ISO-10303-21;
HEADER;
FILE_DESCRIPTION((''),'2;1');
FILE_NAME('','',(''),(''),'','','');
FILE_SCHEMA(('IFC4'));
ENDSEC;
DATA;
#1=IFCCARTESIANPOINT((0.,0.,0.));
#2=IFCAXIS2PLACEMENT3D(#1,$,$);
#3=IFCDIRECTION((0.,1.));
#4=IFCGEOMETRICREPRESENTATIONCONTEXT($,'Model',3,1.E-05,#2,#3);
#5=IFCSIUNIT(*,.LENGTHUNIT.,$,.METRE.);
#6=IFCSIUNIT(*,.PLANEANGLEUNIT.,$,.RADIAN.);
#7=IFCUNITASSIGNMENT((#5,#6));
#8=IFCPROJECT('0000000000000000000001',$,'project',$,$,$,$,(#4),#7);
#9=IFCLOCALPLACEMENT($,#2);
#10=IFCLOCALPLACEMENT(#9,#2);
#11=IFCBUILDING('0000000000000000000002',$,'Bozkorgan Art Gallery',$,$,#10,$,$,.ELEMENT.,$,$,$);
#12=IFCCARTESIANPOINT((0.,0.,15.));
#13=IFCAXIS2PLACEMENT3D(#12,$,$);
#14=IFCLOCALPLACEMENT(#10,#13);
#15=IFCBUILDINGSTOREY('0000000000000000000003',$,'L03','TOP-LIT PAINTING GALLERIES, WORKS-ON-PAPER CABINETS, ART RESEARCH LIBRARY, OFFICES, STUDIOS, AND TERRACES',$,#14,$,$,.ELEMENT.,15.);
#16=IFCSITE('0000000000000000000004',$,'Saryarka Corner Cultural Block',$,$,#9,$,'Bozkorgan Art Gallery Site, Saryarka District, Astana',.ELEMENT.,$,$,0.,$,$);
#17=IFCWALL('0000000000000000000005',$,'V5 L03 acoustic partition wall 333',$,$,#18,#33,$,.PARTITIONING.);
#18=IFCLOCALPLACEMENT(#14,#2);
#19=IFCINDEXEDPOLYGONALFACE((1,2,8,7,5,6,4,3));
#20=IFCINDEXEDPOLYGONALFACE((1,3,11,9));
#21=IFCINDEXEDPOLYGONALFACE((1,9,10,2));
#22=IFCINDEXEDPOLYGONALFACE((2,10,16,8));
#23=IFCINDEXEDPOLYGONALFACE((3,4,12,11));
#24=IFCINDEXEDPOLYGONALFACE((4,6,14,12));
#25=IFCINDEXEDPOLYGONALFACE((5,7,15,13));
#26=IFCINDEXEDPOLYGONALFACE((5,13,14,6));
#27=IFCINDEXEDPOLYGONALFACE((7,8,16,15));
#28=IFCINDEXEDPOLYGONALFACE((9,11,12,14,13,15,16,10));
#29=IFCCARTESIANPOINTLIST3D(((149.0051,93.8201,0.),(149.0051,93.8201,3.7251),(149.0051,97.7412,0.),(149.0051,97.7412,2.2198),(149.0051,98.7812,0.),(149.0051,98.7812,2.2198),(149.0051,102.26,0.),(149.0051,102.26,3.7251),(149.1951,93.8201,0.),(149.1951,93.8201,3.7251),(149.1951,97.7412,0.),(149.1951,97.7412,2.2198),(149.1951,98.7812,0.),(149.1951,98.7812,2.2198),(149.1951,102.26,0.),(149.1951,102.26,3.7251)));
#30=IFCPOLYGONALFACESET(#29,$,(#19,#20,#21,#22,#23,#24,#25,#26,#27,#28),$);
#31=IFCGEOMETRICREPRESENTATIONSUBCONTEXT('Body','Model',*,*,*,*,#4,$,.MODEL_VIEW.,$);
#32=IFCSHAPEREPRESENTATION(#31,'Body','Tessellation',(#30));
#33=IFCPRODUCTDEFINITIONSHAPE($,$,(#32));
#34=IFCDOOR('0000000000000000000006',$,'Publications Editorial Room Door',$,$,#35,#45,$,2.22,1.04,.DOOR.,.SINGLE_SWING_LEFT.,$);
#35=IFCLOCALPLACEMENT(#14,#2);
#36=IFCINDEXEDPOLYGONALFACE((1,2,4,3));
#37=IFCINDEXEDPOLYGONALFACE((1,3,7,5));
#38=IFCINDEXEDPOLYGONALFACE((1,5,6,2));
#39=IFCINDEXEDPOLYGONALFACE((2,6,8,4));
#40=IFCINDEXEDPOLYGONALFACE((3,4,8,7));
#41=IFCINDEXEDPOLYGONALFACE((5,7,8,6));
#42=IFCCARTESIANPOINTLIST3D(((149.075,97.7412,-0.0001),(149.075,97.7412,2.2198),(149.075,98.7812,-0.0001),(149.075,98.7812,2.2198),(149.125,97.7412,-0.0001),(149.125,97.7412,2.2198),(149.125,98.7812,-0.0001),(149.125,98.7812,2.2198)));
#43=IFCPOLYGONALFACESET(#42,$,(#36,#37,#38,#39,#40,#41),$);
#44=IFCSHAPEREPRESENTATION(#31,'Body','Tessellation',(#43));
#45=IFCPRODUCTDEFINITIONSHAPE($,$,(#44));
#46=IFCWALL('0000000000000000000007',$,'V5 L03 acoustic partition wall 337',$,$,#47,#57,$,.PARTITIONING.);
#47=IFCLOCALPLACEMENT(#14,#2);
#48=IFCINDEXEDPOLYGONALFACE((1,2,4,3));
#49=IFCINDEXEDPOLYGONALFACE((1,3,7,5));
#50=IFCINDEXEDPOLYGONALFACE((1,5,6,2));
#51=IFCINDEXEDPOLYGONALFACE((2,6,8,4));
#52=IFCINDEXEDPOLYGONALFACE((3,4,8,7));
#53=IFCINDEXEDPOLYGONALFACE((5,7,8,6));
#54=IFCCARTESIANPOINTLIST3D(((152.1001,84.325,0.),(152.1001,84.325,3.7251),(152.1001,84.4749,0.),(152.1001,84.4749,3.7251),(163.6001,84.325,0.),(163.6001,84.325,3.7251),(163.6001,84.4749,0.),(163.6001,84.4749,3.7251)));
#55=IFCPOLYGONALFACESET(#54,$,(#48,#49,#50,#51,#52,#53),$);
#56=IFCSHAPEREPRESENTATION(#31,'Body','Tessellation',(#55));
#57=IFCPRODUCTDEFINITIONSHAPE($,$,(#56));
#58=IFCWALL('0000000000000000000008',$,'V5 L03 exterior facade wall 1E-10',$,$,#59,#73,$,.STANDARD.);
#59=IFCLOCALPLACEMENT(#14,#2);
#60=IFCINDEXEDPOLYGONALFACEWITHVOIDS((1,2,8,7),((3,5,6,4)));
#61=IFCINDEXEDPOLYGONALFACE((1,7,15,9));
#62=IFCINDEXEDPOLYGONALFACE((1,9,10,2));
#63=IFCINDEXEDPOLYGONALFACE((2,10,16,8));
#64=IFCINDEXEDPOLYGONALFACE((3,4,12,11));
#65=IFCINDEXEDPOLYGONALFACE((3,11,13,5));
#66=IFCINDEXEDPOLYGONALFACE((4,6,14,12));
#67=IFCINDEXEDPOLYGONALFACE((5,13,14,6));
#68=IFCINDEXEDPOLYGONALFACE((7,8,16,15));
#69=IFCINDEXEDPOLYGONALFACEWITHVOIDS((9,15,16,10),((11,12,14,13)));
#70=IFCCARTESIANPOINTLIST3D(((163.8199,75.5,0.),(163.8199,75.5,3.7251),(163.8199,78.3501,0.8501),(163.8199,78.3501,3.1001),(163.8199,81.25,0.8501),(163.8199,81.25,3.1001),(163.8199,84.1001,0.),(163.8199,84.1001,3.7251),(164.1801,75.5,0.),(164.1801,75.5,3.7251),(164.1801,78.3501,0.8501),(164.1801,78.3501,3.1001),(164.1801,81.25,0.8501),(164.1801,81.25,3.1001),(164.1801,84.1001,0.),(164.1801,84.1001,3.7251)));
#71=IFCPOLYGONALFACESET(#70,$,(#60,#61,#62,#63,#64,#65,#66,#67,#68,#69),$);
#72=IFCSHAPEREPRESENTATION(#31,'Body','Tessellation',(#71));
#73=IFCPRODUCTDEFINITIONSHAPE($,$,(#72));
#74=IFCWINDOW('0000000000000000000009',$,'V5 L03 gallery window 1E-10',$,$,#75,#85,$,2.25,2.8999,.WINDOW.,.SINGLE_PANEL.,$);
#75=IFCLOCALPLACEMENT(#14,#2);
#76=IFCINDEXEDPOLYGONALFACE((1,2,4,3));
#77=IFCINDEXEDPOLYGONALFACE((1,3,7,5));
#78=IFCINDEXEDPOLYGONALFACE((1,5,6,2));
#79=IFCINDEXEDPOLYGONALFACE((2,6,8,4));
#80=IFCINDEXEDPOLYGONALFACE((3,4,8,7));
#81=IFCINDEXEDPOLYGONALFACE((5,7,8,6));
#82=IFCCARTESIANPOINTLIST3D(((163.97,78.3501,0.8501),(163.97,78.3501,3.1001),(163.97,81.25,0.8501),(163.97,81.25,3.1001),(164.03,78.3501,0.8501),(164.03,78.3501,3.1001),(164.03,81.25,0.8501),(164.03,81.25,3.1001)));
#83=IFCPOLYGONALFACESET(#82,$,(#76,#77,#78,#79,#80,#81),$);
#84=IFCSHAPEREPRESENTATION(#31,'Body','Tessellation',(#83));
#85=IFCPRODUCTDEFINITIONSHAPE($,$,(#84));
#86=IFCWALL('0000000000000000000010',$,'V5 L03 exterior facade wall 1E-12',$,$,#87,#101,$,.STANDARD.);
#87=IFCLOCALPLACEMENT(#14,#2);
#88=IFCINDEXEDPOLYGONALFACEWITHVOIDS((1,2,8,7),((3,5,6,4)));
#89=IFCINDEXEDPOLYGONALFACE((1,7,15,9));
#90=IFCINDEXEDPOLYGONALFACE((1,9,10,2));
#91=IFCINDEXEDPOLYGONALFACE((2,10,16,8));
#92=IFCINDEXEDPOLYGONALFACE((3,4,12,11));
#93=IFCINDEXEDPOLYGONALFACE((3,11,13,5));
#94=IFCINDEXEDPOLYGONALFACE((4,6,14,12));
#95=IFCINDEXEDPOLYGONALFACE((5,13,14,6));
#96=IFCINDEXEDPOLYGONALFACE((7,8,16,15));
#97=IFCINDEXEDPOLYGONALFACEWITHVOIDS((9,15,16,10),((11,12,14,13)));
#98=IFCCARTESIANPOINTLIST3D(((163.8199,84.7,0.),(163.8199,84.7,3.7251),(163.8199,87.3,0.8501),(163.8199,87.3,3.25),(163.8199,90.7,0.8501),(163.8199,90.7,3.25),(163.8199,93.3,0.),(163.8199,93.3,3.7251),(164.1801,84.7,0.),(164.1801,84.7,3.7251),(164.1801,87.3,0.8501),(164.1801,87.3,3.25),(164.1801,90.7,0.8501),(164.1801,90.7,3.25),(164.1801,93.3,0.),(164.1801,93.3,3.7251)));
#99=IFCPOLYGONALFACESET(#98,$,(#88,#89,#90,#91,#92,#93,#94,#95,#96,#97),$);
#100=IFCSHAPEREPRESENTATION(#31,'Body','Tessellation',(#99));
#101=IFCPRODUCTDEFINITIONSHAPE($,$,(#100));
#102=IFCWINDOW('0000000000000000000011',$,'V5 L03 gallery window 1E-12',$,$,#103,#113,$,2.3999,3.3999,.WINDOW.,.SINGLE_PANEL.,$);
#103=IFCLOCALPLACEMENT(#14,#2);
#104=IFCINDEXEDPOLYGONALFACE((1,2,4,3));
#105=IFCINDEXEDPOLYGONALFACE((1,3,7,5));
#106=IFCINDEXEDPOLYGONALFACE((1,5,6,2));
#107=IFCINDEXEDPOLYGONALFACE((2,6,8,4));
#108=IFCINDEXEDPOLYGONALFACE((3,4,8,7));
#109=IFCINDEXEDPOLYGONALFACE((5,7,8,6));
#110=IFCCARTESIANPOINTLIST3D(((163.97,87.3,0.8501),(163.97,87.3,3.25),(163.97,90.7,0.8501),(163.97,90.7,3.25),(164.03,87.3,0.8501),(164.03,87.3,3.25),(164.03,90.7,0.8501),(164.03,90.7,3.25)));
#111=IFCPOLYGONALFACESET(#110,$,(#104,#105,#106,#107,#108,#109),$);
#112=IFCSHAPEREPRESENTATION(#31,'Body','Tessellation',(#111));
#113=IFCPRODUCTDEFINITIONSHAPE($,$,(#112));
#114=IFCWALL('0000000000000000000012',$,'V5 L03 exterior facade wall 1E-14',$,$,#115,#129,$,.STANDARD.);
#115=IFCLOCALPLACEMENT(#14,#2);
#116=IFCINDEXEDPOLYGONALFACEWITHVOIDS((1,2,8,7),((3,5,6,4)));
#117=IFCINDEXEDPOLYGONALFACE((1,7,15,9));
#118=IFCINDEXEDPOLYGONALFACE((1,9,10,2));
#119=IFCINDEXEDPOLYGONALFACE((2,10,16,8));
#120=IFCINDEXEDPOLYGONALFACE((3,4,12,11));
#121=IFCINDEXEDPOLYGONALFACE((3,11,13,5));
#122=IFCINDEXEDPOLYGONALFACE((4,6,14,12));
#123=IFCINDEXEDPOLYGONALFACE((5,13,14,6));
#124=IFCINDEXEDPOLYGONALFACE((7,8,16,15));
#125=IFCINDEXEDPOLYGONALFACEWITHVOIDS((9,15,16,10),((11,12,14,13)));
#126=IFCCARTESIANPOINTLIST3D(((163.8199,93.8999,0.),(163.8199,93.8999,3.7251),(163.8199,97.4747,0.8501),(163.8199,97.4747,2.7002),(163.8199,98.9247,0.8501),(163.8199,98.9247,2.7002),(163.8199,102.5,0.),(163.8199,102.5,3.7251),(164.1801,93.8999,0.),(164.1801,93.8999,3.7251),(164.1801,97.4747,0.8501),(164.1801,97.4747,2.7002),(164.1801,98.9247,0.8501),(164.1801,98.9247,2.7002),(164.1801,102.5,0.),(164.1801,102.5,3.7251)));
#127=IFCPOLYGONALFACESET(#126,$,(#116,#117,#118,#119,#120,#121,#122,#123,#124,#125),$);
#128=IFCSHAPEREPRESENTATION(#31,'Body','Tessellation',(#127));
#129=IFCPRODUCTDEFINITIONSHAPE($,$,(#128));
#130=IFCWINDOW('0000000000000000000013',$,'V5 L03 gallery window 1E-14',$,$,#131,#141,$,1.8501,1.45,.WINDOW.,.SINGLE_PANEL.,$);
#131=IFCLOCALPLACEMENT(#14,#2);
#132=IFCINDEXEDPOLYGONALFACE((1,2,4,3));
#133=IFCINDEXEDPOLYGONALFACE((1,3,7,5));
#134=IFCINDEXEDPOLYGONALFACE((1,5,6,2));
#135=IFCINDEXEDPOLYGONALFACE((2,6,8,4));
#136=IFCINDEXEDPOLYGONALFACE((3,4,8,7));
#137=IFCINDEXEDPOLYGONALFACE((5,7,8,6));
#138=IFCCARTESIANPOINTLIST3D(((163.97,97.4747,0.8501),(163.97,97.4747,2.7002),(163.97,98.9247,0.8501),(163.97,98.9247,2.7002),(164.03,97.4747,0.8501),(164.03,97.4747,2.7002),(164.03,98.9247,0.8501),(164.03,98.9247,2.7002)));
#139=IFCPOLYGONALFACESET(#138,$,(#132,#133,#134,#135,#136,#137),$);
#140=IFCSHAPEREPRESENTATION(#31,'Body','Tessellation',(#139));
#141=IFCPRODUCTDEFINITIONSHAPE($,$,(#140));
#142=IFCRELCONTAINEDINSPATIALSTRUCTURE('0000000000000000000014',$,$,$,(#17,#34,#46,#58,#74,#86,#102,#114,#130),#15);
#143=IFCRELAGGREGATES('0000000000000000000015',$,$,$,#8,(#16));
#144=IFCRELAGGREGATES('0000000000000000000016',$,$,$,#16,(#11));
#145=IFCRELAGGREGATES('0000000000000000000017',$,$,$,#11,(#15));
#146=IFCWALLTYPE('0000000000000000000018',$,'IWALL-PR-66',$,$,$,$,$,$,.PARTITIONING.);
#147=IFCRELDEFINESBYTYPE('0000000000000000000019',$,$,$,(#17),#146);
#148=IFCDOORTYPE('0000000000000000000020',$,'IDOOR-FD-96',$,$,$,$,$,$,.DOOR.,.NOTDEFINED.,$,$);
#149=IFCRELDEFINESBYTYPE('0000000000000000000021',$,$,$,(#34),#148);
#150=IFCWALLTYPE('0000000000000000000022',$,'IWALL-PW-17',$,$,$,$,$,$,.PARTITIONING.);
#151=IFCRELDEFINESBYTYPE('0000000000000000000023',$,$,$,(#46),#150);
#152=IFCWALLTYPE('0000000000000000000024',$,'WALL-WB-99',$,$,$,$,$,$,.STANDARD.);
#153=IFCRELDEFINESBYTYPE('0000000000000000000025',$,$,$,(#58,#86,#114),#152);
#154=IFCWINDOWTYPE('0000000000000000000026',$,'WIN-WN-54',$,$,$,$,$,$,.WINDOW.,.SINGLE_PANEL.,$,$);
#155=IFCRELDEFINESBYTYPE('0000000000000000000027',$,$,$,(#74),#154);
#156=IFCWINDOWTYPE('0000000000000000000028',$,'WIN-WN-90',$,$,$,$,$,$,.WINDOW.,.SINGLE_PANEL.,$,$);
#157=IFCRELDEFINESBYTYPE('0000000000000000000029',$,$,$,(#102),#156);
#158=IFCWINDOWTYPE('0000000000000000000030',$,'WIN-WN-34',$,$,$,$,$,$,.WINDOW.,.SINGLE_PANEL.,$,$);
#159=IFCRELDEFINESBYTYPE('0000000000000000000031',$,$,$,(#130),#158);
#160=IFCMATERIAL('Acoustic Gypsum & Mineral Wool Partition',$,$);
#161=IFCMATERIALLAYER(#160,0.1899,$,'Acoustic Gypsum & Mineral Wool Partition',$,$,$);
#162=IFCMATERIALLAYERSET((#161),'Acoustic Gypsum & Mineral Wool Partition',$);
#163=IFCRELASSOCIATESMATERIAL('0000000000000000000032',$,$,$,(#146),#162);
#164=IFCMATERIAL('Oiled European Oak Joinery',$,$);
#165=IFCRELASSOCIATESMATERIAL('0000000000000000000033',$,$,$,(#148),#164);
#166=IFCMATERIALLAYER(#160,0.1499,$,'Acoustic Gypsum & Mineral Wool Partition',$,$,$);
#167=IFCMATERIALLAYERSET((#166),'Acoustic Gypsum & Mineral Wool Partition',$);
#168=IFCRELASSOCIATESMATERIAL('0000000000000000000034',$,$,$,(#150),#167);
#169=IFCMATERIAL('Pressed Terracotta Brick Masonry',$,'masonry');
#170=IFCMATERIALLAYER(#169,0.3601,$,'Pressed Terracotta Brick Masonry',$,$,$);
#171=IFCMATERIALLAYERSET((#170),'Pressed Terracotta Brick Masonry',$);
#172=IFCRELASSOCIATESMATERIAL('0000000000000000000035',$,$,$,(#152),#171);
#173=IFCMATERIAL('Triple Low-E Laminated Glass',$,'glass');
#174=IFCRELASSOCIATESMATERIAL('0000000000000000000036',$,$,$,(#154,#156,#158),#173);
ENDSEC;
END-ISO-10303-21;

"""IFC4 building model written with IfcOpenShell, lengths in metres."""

from ifc_helpers import new_model, si_unit, direction, frame, frame_2d, origin, place, context, subcontext, project, spatial, rectangle, extrude, material, layer, layer_set, type_object, element, fill, save


model = new_model("IFC4")

# Units and contexts
model_context = context("Model", 3, precision=1e-05, world=origin(), true_north=direction((0.0, 1.0)))
body_context = subcontext(model_context, "Body", "Model", "MODEL_VIEW")
ifc_project = project(units=[si_unit("LENGTHUNIT", "METRE"), si_unit("PLANEANGLEUNIT", "RADIAN")], contexts=[model_context])

# Site, building, storey
site_placement = place(None, origin())
site = spatial("IfcSite", under=ifc_project, at=site_placement, Name="Saryarka Corner Cultural Block", LongName="Bozkorgan Art Gallery Site, Saryarka District, Astana", CompositionType="ELEMENT", RefElevation=0.0)
building_placement = place(site_placement, origin())
building = spatial("IfcBuilding", under=site, at=building_placement, Name="Bozkorgan Art Gallery", CompositionType="ELEMENT")
storey_placement = place(building_placement, frame((0.0, 0.0, 15.0)))
storey = spatial("IfcBuildingStorey", under=building, at=storey_placement, Name="L03", Description="TOP-LIT PAINTING GALLERIES, WORKS-ON-PAPER CABINETS, ART RESEARCH LIBRARY, OFFICES, STUDIOS, AND TERRACES", CompositionType="ELEMENT", Elevation=15.0)

# Wall, opening, door
ifc_material_1 = material(Name="Acoustic Gypsum & Mineral Wool Partition")
ifc_material_2 = material(Name="Oiled European Oak Joinery")
ifc_layer_1 = layer(ifc_material_1, 0.1899, Name="Acoustic Gypsum & Mineral Wool Partition")
ifc_layer_set_1 = layer_set([ifc_layer_1], Name="Acoustic Gypsum & Mineral Wool Partition")
wall_type_1 = type_object("IfcWallType", Name="IWALL-PR-66", PredefinedType="PARTITIONING", material=ifc_layer_set_1)
wall_1_placement = place(storey_placement, frame((149.1001, 93.8201, 0.0), z_axis=(0.0, 0.0, 1.0), x_axis=(0.0, 1.0, 0.0)))
wall_1 = element("IfcWall", 1, at=wall_1_placement, inside=storey, type_object=wall_type_1, Name="V5 L03 acoustic partition wall 333", PredefinedType="PARTITIONING", context=body_context, shape_type="SweptSolid", body=[
    extrude(rectangle(XDim=8.4399, YDim=0.1899, at=frame_2d((4.22, 0.0))), origin(), (0.0, 0.0, 1.0), 3.7251),
])
opening_1_placement = place(wall_1_placement, frame((4.9612, 0.0, 0.0), z_axis=(0.0, 0.0, 1.0), x_axis=(-1.0, 0.0, 0.0)))
opening_1 = element("IfcOpeningElement", 2, at=opening_1_placement, cuts=wall_1, PredefinedType="OPENING", context=body_context, shape_type="SweptSolid", body=[
    extrude(rectangle(XDim=1.04, YDim=2.22, at=frame_2d((0.52, 1.1099))), frame((0.0, 0.105, 0.0), z_axis=(0.0, -1.0, 0.0), x_axis=(1.0, 0.0, 0.0)), (0.0, 0.0, 1.0), 0.21),
])
door_type_1 = type_object("IfcDoorType", Name="IDOOR-FD-96", OperationType="NOTDEFINED", PredefinedType="DOOR", material=ifc_material_2)
door_1_placement = place(opening_1_placement, origin())
door_1 = element("IfcDoor", 3, at=door_1_placement, inside=storey, type_object=door_type_1, Name="Publications Editorial Room Door", OperationType="SINGLE_SWING_LEFT", OverallHeight=2.22, OverallWidth=1.04, PredefinedType="DOOR", context=body_context, shape_type="SweptSolid", body=[
    extrude(rectangle(XDim=1.04, YDim=2.22, at=frame_2d((0.52, 1.1099))), frame((0.0, 0.0249, 0.0), z_axis=(0.0, -1.0, 0.0), x_axis=(1.0, 0.0, 0.0)), (0.0, 0.0, 1.0), 0.05),
])
fill(opening_1, door_1)

# Wall
ifc_layer_2 = layer(ifc_material_1, 0.1499, Name="Acoustic Gypsum & Mineral Wool Partition")
ifc_layer_set_2 = layer_set([ifc_layer_2], Name="Acoustic Gypsum & Mineral Wool Partition")
wall_type_2 = type_object("IfcWallType", Name="IWALL-PW-17", PredefinedType="PARTITIONING", material=ifc_layer_set_2)
wall_2_placement = place(storey_placement, frame((152.1001, 84.3999, 0.0), z_axis=(0.0, 0.0, 1.0), x_axis=(1.0, 0.0, 0.0)))
element("IfcWall", 4, at=wall_2_placement, inside=storey, type_object=wall_type_2, Name="V5 L03 acoustic partition wall 337", PredefinedType="PARTITIONING", context=body_context, shape_type="SweptSolid", body=[
    extrude(rectangle(XDim=11.5, YDim=0.1499, at=frame_2d((5.75, 0.0))), origin(), (0.0, 0.0, 1.0), 3.7251),
])

# Walls, openings, windows
ifc_material_3 = material(Name="Pressed Terracotta Brick Masonry", Category="masonry")
ifc_layer_3 = layer(ifc_material_3, 0.3601, Name="Pressed Terracotta Brick Masonry")
ifc_layer_set_3 = layer_set([ifc_layer_3], Name="Pressed Terracotta Brick Masonry")
wall_type_3 = type_object("IfcWallType", Name="WALL-WB-99", PredefinedType="STANDARD", material=ifc_layer_set_3)
wall_3_placement = place(storey_placement, frame((164.0, 75.5, 0.0), z_axis=(0.0, 0.0, 1.0), x_axis=(0.0, 1.0, 0.0)))
wall_3 = element("IfcWall", 5, at=wall_3_placement, inside=storey, type_object=wall_type_3, Name="V5 L03 exterior facade wall 1E-10", PredefinedType="STANDARD", context=body_context, shape_type="SweptSolid", body=[
    extrude(rectangle(XDim=8.6001, YDim=0.3601, at=frame_2d((4.3, 0.0))), origin(), (0.0, 0.0, 1.0), 3.7251),
])
opening_2_placement = place(wall_3_placement, frame((5.75, 0.0, 0.8501), z_axis=(0.0, 0.0, 1.0), x_axis=(-1.0, 0.0, 0.0)))
opening_2 = element("IfcOpeningElement", 6, at=opening_2_placement, cuts=wall_3, PredefinedType="OPENING", context=body_context, shape_type="SweptSolid", body=[
    extrude(rectangle(XDim=2.8999, YDim=2.25, at=frame_2d((1.45, 1.125))), frame((0.0, 0.1899, 0.0), z_axis=(0.0, -1.0, 0.0), x_axis=(1.0, 0.0, 0.0)), (0.0, 0.0, 1.0), 0.3801),
])
ifc_material_4 = material(Name="Triple Low-E Laminated Glass", Category="glass")
window_type_1 = type_object("IfcWindowType", Name="WIN-WN-54", PartitioningType="SINGLE_PANEL", PredefinedType="WINDOW", material=ifc_material_4)
window_1_placement = place(opening_2_placement, origin())
window_1 = element("IfcWindow", 7, at=window_1_placement, inside=storey, type_object=window_type_1, Name="V5 L03 gallery window 1E-10", OverallHeight=2.25, OverallWidth=2.8999, PartitioningType="SINGLE_PANEL", PredefinedType="WINDOW", context=body_context, shape_type="SweptSolid", body=[
    extrude(rectangle(XDim=2.8999, YDim=2.25, at=frame_2d((1.45, 1.125))), frame((0.0, 0.03, 0.0), z_axis=(0.0, -1.0, 0.0), x_axis=(1.0, 0.0, 0.0)), (0.0, 0.0, 1.0), 0.0601),
])
fill(opening_2, window_1)
wall_4_placement = place(storey_placement, frame((164.0, 84.7, 0.0), z_axis=(0.0, 0.0, 1.0), x_axis=(0.0, 1.0, 0.0)))
wall_4 = element("IfcWall", 8, at=wall_4_placement, inside=storey, type_object=wall_type_3, Name="V5 L03 exterior facade wall 1E-12", PredefinedType="STANDARD", context=body_context, shape_type="SweptSolid", body=[
    extrude(rectangle(XDim=8.6001, YDim=0.3601, at=frame_2d((4.3, 0.0))), origin(), (0.0, 0.0, 1.0), 3.7251),
])
opening_3_placement = place(wall_4_placement, frame((6.0, 0.0, 0.8501), z_axis=(0.0, 0.0, 1.0), x_axis=(-1.0, 0.0, 0.0)))
opening_3 = element("IfcOpeningElement", 9, at=opening_3_placement, cuts=wall_4, PredefinedType="OPENING", context=body_context, shape_type="SweptSolid", body=[
    extrude(rectangle(XDim=3.3999, YDim=2.3999, at=frame_2d((1.7, 1.2))), frame((0.0, 0.1899, 0.0), z_axis=(0.0, -1.0, 0.0), x_axis=(1.0, 0.0, 0.0)), (0.0, 0.0, 1.0), 0.3801),
])
window_type_2 = type_object("IfcWindowType", Name="WIN-WN-90", PartitioningType="SINGLE_PANEL", PredefinedType="WINDOW", material=ifc_material_4)
window_2_placement = place(opening_3_placement, origin())
window_2 = element("IfcWindow", 10, at=window_2_placement, inside=storey, type_object=window_type_2, Name="V5 L03 gallery window 1E-12", OverallHeight=2.3999, OverallWidth=3.3999, PartitioningType="SINGLE_PANEL", PredefinedType="WINDOW", context=body_context, shape_type="SweptSolid", body=[
    extrude(rectangle(XDim=3.3999, YDim=2.3999, at=frame_2d((1.7, 1.2))), frame((0.0, 0.03, 0.0), z_axis=(0.0, -1.0, 0.0), x_axis=(1.0, 0.0, 0.0)), (0.0, 0.0, 1.0), 0.0601),
])
fill(opening_3, window_2)
wall_5_placement = place(storey_placement, frame((164.0, 93.8999, 0.0), z_axis=(0.0, 0.0, 1.0), x_axis=(0.0, 1.0, 0.0)))
wall_5 = element("IfcWall", 11, at=wall_5_placement, inside=storey, type_object=wall_type_3, Name="V5 L03 exterior facade wall 1E-14", PredefinedType="STANDARD", context=body_context, shape_type="SweptSolid", body=[
    extrude(rectangle(XDim=8.6001, YDim=0.3601, at=frame_2d((4.3, 0.0))), origin(), (0.0, 0.0, 1.0), 3.7251),
])
opening_4_placement = place(wall_5_placement, frame((5.0249, 0.0, 0.8501), z_axis=(0.0, 0.0, 1.0), x_axis=(-1.0, 0.0, 0.0)))
opening_4 = element("IfcOpeningElement", 12, at=opening_4_placement, cuts=wall_5, PredefinedType="OPENING", context=body_context, shape_type="SweptSolid", body=[
    extrude(rectangle(XDim=1.45, YDim=1.8501, at=frame_2d((0.7251, 0.925))), frame((0.0, 0.1899, 0.0), z_axis=(0.0, -1.0, 0.0), x_axis=(1.0, 0.0, 0.0)), (0.0, 0.0, 1.0), 0.3801),
])
window_type_3 = type_object("IfcWindowType", Name="WIN-WN-34", PartitioningType="SINGLE_PANEL", PredefinedType="WINDOW", material=ifc_material_4)
window_3_placement = place(opening_4_placement, origin())
window_3 = element("IfcWindow", 13, at=window_3_placement, inside=storey, type_object=window_type_3, Name="V5 L03 gallery window 1E-14", OverallHeight=1.8501, OverallWidth=1.45, PartitioningType="SINGLE_PANEL", PredefinedType="WINDOW", context=body_context, shape_type="SweptSolid", body=[
    extrude(rectangle(XDim=1.45, YDim=1.8501, at=frame_2d((0.7251, 0.925))), frame((0.0, 0.03, 0.0), z_axis=(0.0, -1.0, 0.0), x_axis=(1.0, 0.0, 0.0)), (0.0, 0.0, 1.0), 0.0601),
])
fill(opening_4, window_3)

save(model, "model.ifc")
